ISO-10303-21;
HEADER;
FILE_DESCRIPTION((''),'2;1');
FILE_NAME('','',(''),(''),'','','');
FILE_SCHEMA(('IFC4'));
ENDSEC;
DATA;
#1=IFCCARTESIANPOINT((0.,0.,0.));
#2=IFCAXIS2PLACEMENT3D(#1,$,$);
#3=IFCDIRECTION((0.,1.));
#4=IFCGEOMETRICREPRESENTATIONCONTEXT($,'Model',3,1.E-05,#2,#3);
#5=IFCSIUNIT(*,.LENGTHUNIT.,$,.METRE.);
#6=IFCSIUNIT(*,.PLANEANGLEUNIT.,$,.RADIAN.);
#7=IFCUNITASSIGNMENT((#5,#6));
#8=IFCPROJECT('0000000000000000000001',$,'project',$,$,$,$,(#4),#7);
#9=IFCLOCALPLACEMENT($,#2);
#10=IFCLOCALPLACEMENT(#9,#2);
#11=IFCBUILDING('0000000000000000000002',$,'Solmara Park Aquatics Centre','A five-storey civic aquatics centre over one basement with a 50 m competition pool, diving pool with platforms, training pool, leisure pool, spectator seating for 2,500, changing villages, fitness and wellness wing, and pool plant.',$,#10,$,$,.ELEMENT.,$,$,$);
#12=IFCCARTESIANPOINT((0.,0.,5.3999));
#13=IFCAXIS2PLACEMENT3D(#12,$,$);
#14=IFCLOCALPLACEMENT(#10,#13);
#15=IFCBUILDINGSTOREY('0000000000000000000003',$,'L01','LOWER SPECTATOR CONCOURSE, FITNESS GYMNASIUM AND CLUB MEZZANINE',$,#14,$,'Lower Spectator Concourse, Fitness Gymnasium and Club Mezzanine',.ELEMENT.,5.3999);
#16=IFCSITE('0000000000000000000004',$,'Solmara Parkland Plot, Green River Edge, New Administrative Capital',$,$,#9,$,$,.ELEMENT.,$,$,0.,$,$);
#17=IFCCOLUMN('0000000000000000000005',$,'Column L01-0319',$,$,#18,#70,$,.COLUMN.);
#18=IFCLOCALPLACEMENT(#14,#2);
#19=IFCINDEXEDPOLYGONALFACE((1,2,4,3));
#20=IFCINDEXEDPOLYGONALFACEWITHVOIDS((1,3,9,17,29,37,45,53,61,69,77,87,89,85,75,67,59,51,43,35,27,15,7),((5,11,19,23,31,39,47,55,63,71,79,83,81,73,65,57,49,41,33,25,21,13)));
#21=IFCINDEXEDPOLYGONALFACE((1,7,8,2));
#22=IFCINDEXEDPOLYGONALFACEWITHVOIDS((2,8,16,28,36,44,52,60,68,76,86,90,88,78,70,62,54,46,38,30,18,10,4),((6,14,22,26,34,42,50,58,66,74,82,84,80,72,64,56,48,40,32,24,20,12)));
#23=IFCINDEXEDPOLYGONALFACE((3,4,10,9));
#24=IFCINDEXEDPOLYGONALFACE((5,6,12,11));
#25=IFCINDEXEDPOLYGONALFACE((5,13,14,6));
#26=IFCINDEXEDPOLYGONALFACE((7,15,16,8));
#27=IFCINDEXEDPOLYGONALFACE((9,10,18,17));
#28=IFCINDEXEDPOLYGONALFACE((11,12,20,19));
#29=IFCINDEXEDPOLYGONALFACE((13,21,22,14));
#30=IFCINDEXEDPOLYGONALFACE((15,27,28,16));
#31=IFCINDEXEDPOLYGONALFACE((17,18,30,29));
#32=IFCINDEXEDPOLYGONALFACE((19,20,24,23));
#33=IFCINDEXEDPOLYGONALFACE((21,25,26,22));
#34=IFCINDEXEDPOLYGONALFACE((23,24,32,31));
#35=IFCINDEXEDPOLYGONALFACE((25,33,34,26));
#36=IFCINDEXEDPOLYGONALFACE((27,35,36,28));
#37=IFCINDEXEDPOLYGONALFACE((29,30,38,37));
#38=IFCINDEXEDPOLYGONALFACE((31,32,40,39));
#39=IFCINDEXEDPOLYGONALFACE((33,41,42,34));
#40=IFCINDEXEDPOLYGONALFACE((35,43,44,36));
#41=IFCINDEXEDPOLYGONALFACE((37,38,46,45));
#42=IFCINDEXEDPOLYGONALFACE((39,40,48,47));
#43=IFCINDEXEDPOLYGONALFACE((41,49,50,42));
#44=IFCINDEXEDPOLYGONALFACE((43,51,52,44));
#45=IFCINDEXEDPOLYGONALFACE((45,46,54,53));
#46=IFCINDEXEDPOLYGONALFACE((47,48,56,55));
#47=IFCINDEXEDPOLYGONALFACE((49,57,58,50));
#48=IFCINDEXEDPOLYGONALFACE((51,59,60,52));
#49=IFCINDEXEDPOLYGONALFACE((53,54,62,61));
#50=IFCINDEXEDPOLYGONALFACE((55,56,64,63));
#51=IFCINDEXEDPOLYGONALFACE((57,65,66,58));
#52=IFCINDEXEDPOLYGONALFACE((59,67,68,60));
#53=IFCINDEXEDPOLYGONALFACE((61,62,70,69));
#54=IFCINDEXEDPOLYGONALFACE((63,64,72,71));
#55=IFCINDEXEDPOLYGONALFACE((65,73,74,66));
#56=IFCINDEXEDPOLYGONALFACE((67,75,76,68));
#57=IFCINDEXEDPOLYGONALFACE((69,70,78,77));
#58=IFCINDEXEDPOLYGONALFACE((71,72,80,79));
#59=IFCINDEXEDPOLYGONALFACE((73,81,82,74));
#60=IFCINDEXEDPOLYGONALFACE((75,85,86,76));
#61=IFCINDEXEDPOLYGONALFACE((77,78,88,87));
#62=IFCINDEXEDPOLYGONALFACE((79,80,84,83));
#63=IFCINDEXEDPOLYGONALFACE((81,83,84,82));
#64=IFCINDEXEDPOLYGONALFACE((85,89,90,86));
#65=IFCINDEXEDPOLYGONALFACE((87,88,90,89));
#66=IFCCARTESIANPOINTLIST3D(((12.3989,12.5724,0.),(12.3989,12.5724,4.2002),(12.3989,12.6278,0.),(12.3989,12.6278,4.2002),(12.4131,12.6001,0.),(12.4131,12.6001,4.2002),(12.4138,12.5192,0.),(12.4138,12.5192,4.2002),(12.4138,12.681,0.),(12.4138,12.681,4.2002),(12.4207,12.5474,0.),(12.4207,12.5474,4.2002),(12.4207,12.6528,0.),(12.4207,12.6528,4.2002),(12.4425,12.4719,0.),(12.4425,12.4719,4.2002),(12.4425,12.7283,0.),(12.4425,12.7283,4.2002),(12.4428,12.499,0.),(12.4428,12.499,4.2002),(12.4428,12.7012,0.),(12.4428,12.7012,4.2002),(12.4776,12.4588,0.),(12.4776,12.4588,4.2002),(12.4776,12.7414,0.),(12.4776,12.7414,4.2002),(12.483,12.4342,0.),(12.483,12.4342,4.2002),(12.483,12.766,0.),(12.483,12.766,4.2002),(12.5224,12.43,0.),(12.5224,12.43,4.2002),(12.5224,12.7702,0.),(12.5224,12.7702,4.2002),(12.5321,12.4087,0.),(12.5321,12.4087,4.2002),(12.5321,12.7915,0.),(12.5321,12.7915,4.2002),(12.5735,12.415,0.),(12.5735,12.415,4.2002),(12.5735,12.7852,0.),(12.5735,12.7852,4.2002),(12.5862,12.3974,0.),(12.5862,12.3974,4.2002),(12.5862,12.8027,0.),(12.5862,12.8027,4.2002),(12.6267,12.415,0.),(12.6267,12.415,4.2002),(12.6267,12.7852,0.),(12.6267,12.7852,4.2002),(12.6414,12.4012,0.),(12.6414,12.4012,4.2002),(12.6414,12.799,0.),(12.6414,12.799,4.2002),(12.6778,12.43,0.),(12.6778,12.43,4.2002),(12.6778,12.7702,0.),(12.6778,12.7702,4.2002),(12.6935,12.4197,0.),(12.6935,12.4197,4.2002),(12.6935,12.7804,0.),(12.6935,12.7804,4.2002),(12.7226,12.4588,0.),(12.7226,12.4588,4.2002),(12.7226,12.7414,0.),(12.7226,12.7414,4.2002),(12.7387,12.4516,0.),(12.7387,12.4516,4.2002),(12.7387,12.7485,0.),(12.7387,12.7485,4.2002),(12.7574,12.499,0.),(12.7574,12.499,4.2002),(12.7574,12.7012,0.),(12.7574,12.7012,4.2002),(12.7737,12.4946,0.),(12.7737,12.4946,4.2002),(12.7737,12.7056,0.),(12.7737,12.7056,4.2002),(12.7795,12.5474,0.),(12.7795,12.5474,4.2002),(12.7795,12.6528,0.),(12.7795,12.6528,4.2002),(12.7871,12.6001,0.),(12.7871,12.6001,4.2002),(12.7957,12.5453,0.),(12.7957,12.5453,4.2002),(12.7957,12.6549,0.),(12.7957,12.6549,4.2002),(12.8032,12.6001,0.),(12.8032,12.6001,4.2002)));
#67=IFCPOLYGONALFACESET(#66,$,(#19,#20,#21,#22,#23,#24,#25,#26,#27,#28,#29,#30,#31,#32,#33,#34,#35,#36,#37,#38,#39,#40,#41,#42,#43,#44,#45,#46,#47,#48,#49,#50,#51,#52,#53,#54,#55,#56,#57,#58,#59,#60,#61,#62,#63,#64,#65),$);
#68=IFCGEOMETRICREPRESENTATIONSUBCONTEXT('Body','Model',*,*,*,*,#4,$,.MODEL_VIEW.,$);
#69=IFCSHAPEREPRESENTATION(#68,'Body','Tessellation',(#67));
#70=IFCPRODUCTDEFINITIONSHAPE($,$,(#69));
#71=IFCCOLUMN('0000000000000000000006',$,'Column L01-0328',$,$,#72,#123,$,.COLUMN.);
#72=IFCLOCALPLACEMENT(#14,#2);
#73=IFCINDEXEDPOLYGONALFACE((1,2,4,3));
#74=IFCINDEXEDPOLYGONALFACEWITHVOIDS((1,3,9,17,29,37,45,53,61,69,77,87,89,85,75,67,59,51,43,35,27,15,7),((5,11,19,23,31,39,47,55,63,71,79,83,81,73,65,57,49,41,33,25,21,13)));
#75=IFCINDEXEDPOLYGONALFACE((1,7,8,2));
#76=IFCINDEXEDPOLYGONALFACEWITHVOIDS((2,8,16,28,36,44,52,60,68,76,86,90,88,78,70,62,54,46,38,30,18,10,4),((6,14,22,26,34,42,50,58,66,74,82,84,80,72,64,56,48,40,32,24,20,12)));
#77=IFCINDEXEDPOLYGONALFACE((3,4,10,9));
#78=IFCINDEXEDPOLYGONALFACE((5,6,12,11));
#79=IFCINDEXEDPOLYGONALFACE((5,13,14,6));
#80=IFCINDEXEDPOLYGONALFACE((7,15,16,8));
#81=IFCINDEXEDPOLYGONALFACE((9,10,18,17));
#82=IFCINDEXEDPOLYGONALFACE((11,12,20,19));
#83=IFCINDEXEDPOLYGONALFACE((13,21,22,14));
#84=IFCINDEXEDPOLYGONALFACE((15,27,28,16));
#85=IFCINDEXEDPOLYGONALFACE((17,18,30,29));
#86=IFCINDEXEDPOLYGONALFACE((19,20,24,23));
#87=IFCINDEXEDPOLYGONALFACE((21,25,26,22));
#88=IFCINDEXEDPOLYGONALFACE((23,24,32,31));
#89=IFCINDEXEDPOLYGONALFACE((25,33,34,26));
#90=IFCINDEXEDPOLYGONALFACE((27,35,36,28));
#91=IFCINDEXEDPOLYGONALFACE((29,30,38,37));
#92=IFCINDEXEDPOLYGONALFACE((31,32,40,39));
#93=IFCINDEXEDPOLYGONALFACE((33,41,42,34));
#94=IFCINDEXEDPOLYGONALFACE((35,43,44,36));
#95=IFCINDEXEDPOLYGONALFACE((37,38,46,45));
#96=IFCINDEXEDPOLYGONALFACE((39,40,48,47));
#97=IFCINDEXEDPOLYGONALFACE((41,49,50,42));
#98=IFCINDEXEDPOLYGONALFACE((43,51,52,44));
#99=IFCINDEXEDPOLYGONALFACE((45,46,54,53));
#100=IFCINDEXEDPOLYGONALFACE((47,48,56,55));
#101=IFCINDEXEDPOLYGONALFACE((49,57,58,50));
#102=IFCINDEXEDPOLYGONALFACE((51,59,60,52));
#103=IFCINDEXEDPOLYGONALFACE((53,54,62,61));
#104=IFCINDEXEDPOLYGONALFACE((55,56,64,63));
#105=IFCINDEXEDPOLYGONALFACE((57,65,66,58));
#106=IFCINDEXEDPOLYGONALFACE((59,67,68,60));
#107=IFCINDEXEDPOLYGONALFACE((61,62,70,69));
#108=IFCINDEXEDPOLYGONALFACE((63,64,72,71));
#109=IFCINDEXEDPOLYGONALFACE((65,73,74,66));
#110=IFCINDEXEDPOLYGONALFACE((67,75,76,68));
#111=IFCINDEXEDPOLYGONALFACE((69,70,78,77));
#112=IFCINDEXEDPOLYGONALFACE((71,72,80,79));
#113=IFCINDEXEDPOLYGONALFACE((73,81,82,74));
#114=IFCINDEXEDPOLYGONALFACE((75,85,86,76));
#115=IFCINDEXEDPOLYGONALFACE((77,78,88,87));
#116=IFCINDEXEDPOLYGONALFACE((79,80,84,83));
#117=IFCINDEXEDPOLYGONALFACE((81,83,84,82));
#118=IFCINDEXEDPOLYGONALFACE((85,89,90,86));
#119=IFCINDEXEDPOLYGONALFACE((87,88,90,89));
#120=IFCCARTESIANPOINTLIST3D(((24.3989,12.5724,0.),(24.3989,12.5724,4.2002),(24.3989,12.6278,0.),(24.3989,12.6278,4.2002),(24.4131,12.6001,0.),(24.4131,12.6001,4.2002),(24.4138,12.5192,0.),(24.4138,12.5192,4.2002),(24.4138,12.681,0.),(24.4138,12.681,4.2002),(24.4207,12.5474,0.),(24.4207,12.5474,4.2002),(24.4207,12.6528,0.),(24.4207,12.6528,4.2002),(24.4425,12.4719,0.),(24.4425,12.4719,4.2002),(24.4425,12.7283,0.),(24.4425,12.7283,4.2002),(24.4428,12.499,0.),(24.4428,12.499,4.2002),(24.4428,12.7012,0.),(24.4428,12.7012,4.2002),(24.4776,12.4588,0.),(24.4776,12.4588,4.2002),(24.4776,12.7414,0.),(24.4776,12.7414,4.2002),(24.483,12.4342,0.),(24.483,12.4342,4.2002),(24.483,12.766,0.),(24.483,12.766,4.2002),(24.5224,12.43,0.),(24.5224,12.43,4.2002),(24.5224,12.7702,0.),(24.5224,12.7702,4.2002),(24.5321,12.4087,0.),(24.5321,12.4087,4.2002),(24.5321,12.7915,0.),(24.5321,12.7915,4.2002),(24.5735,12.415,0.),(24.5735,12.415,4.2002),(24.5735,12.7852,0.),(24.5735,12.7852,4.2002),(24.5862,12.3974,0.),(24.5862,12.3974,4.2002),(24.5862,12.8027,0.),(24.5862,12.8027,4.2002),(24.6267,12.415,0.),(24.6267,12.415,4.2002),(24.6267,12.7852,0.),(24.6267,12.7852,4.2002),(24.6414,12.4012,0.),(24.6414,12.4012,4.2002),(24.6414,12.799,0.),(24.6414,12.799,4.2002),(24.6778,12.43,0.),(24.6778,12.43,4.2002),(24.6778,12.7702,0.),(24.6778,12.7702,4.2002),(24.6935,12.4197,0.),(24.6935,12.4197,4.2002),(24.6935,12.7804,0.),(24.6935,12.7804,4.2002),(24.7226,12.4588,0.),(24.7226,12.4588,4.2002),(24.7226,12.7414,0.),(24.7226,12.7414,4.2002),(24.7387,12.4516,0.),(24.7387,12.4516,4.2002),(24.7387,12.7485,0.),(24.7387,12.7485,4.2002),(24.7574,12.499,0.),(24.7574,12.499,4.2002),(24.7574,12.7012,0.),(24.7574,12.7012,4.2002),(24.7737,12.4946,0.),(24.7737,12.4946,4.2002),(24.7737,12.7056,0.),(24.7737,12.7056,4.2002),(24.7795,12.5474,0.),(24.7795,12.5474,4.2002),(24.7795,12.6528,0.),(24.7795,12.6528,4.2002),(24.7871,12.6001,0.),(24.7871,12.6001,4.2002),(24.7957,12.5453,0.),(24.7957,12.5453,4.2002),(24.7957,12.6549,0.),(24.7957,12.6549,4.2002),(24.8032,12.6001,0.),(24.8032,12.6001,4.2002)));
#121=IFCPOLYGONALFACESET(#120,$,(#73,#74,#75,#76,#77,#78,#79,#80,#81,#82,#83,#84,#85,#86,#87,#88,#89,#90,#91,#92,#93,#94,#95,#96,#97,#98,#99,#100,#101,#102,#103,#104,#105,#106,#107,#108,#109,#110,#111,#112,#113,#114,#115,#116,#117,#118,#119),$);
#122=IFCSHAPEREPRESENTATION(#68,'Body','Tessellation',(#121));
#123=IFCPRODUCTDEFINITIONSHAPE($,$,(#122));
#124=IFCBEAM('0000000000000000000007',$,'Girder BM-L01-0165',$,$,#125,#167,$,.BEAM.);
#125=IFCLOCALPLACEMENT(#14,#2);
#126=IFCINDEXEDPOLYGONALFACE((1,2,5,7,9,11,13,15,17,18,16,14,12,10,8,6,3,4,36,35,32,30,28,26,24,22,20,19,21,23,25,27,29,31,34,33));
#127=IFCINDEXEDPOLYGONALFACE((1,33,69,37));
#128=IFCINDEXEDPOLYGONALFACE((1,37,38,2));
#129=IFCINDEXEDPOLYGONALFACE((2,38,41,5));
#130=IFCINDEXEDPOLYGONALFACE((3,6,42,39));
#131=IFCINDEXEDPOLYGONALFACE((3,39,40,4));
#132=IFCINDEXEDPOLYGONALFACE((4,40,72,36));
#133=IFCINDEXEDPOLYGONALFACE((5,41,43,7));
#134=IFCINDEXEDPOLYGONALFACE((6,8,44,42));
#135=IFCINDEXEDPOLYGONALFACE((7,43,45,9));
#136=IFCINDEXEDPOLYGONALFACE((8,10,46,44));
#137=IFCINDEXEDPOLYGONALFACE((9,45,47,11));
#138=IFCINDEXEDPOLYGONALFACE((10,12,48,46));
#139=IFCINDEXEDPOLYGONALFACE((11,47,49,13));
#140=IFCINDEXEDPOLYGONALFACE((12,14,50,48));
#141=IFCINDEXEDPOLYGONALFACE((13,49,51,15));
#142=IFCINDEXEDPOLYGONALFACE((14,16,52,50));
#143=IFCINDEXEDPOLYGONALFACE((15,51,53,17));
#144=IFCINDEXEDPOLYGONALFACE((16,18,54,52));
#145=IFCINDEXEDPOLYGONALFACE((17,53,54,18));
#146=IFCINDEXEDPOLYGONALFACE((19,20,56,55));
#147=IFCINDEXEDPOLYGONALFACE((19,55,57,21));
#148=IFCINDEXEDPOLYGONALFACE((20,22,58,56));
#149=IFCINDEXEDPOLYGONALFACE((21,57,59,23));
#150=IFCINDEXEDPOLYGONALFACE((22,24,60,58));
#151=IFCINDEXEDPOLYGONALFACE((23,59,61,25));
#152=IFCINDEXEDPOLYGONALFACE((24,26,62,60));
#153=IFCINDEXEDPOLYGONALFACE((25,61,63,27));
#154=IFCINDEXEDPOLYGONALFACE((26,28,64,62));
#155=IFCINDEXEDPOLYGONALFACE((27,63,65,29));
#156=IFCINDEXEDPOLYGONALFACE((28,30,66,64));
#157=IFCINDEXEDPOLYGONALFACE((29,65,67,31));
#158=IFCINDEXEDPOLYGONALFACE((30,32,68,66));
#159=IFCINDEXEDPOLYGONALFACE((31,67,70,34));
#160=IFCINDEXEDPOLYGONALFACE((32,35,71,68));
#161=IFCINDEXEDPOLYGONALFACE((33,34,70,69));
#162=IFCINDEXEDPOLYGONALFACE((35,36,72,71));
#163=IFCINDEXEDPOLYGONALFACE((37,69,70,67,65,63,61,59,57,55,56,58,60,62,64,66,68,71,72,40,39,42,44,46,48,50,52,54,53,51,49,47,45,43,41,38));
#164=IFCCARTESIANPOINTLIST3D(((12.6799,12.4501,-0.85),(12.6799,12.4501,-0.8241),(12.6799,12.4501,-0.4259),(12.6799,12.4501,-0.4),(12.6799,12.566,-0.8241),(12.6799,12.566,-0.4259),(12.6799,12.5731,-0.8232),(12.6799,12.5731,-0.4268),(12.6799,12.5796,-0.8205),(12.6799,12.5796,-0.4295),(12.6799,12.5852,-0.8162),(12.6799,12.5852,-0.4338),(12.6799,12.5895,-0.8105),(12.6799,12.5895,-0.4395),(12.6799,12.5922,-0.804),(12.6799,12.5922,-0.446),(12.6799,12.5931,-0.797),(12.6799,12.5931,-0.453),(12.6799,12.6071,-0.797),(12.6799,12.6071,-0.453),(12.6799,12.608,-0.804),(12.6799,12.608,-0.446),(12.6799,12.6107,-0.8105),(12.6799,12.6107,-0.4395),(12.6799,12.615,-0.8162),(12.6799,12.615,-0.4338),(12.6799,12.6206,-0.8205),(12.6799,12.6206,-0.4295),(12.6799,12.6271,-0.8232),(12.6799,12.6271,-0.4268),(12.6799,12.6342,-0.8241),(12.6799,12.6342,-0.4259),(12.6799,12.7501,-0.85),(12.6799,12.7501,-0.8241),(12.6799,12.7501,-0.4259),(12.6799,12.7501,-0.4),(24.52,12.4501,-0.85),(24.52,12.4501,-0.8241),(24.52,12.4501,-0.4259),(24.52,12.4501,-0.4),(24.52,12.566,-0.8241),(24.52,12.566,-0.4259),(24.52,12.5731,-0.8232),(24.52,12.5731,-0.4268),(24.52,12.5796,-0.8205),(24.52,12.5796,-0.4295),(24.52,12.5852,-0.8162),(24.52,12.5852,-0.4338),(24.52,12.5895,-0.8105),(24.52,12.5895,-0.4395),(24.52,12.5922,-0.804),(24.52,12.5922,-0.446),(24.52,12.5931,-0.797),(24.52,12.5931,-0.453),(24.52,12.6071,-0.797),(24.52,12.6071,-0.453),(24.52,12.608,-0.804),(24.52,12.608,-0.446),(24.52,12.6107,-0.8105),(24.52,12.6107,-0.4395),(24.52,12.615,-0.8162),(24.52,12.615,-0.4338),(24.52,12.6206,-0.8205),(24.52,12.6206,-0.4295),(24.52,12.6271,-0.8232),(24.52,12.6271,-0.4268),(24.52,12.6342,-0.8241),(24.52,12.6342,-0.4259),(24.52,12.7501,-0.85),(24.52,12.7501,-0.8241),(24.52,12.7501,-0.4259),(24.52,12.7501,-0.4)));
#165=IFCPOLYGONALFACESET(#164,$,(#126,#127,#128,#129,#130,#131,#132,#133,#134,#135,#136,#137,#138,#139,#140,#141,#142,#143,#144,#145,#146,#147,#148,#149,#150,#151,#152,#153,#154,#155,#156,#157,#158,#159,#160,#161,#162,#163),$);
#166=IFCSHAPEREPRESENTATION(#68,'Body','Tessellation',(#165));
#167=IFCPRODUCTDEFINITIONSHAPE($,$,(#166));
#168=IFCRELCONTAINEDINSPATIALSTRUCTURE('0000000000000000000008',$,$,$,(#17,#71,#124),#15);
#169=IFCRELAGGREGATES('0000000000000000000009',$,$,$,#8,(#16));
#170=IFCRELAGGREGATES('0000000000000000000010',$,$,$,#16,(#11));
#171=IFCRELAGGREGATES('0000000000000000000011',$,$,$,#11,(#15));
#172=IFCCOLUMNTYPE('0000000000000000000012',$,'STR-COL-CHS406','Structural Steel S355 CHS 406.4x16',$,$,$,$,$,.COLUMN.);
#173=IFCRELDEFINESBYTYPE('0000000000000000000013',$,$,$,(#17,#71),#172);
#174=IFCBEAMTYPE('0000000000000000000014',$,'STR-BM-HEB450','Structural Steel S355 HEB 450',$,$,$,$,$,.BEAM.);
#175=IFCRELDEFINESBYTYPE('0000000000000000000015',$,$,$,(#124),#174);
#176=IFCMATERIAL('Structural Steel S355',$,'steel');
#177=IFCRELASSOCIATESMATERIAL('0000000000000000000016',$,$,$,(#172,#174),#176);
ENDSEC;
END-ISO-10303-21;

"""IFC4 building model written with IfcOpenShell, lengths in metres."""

from ifc_helpers import new_model, si_unit, direction, frame, origin, origin_2d, place, context, subcontext, project, spatial, hollow_circle, i_section, extrude, material, material_profile, profile_set, type_object, element, save


model = new_model("IFC4")

# Units and contexts
model_context = context("Model", 3, precision=1e-05, world=origin(), true_north=direction((0.0, 1.0)))
body_context = subcontext(model_context, "Body", "Model", "MODEL_VIEW")
ifc_project = project(units=[si_unit("LENGTHUNIT", "METRE"), si_unit("PLANEANGLEUNIT", "RADIAN")], contexts=[model_context])

# Site, building, storey
site_placement = place(None, origin())
site = spatial("IfcSite", under=ifc_project, at=site_placement, Name="Solmara Parkland Plot, Green River Edge, New Administrative Capital", CompositionType="ELEMENT", RefElevation=0.0)
building_placement = place(site_placement, origin())
building = spatial("IfcBuilding", under=site, at=building_placement, Name="Solmara Park Aquatics Centre", Description="A five-storey civic aquatics centre over one basement with a 50 m competition pool, diving pool with platforms, training pool, leisure pool, spectator seating for 2,500, changing villages, fitness and wellness wing, and pool plant.", CompositionType="ELEMENT")
storey_placement = place(building_placement, frame((0.0, 0.0, 5.3999)))
storey = spatial("IfcBuildingStorey", under=building, at=storey_placement, Name="L01", Description="LOWER SPECTATOR CONCOURSE, FITNESS GYMNASIUM AND CLUB MEZZANINE", LongName="Lower Spectator Concourse, Fitness Gymnasium and Club Mezzanine", CompositionType="ELEMENT", Elevation=5.3999)

# Columns
ifc_material_1 = material(Name="Structural Steel S355", Category="steel")
ifc_material_profile_1 = material_profile(ifc_material_1, hollow_circle(Radius=0.2031, WallThickness=0.0161, at=origin_2d()), Name="CHS 406.4x16")
ifc_profile_set_1 = profile_set([ifc_material_profile_1], Name="Structural Steel S355")
column_type = type_object("IfcColumnType", Name="STR-COL-CHS406", Description="Structural Steel S355 CHS 406.4x16", PredefinedType="COLUMN", material=ifc_profile_set_1)
for number, where, z_axis, x_axis, name in (
    (1, (12.6001, 12.6001, 0.0), (0.0, 0.0, 1.0), (1.0, 0.0, 0.0), "Column L01-0319"),
    (2, (24.6001, 12.6001, 0.0), (0.0, 0.0, 1.0), (1.0, 0.0, 0.0), "Column L01-0328"),
):
    element("IfcColumn", number, at=place(storey_placement, frame(where, z_axis=z_axis, x_axis=x_axis)), inside=storey, type_object=column_type, Name=name, PredefinedType="COLUMN", context=body_context, shape_type="SweptSolid", body=[
        extrude(hollow_circle(Radius=0.2031, WallThickness=0.0161, at=origin_2d()), origin(), (0.0, 0.0, 1.0), 4.2002),
    ])

# Beam
ifc_material_profile_2 = material_profile(ifc_material_1, i_section(OverallWidth=0.3, OverallDepth=0.45, WebThickness=0.0139, FlangeThickness=0.0259, FilletRadius=0.0271, at=origin_2d()), Name="HEB 450")
ifc_profile_set_2 = profile_set([ifc_material_profile_2], Name="Structural Steel S355")
beam_type = type_object("IfcBeamType", Name="STR-BM-HEB450", Description="Structural Steel S355 HEB 450", PredefinedType="BEAM", material=ifc_profile_set_2)
beam_placement = place(storey_placement, frame((12.6799, 12.6001, -0.625), z_axis=(1.0, 0.0, 0.0), x_axis=(0.0, 1.0, 0.0)))
element("IfcBeam", 3, at=beam_placement, inside=storey, type_object=beam_type, Name="Girder BM-L01-0165", PredefinedType="BEAM", context=body_context, shape_type="SweptSolid", body=[
    extrude(i_section(OverallWidth=0.3, OverallDepth=0.45, WebThickness=0.0139, FlangeThickness=0.0259, FilletRadius=0.0271, at=origin_2d()), origin(), (0.0, 0.0, 1.0), 11.8401),
])

save(model, "model.ifc")
